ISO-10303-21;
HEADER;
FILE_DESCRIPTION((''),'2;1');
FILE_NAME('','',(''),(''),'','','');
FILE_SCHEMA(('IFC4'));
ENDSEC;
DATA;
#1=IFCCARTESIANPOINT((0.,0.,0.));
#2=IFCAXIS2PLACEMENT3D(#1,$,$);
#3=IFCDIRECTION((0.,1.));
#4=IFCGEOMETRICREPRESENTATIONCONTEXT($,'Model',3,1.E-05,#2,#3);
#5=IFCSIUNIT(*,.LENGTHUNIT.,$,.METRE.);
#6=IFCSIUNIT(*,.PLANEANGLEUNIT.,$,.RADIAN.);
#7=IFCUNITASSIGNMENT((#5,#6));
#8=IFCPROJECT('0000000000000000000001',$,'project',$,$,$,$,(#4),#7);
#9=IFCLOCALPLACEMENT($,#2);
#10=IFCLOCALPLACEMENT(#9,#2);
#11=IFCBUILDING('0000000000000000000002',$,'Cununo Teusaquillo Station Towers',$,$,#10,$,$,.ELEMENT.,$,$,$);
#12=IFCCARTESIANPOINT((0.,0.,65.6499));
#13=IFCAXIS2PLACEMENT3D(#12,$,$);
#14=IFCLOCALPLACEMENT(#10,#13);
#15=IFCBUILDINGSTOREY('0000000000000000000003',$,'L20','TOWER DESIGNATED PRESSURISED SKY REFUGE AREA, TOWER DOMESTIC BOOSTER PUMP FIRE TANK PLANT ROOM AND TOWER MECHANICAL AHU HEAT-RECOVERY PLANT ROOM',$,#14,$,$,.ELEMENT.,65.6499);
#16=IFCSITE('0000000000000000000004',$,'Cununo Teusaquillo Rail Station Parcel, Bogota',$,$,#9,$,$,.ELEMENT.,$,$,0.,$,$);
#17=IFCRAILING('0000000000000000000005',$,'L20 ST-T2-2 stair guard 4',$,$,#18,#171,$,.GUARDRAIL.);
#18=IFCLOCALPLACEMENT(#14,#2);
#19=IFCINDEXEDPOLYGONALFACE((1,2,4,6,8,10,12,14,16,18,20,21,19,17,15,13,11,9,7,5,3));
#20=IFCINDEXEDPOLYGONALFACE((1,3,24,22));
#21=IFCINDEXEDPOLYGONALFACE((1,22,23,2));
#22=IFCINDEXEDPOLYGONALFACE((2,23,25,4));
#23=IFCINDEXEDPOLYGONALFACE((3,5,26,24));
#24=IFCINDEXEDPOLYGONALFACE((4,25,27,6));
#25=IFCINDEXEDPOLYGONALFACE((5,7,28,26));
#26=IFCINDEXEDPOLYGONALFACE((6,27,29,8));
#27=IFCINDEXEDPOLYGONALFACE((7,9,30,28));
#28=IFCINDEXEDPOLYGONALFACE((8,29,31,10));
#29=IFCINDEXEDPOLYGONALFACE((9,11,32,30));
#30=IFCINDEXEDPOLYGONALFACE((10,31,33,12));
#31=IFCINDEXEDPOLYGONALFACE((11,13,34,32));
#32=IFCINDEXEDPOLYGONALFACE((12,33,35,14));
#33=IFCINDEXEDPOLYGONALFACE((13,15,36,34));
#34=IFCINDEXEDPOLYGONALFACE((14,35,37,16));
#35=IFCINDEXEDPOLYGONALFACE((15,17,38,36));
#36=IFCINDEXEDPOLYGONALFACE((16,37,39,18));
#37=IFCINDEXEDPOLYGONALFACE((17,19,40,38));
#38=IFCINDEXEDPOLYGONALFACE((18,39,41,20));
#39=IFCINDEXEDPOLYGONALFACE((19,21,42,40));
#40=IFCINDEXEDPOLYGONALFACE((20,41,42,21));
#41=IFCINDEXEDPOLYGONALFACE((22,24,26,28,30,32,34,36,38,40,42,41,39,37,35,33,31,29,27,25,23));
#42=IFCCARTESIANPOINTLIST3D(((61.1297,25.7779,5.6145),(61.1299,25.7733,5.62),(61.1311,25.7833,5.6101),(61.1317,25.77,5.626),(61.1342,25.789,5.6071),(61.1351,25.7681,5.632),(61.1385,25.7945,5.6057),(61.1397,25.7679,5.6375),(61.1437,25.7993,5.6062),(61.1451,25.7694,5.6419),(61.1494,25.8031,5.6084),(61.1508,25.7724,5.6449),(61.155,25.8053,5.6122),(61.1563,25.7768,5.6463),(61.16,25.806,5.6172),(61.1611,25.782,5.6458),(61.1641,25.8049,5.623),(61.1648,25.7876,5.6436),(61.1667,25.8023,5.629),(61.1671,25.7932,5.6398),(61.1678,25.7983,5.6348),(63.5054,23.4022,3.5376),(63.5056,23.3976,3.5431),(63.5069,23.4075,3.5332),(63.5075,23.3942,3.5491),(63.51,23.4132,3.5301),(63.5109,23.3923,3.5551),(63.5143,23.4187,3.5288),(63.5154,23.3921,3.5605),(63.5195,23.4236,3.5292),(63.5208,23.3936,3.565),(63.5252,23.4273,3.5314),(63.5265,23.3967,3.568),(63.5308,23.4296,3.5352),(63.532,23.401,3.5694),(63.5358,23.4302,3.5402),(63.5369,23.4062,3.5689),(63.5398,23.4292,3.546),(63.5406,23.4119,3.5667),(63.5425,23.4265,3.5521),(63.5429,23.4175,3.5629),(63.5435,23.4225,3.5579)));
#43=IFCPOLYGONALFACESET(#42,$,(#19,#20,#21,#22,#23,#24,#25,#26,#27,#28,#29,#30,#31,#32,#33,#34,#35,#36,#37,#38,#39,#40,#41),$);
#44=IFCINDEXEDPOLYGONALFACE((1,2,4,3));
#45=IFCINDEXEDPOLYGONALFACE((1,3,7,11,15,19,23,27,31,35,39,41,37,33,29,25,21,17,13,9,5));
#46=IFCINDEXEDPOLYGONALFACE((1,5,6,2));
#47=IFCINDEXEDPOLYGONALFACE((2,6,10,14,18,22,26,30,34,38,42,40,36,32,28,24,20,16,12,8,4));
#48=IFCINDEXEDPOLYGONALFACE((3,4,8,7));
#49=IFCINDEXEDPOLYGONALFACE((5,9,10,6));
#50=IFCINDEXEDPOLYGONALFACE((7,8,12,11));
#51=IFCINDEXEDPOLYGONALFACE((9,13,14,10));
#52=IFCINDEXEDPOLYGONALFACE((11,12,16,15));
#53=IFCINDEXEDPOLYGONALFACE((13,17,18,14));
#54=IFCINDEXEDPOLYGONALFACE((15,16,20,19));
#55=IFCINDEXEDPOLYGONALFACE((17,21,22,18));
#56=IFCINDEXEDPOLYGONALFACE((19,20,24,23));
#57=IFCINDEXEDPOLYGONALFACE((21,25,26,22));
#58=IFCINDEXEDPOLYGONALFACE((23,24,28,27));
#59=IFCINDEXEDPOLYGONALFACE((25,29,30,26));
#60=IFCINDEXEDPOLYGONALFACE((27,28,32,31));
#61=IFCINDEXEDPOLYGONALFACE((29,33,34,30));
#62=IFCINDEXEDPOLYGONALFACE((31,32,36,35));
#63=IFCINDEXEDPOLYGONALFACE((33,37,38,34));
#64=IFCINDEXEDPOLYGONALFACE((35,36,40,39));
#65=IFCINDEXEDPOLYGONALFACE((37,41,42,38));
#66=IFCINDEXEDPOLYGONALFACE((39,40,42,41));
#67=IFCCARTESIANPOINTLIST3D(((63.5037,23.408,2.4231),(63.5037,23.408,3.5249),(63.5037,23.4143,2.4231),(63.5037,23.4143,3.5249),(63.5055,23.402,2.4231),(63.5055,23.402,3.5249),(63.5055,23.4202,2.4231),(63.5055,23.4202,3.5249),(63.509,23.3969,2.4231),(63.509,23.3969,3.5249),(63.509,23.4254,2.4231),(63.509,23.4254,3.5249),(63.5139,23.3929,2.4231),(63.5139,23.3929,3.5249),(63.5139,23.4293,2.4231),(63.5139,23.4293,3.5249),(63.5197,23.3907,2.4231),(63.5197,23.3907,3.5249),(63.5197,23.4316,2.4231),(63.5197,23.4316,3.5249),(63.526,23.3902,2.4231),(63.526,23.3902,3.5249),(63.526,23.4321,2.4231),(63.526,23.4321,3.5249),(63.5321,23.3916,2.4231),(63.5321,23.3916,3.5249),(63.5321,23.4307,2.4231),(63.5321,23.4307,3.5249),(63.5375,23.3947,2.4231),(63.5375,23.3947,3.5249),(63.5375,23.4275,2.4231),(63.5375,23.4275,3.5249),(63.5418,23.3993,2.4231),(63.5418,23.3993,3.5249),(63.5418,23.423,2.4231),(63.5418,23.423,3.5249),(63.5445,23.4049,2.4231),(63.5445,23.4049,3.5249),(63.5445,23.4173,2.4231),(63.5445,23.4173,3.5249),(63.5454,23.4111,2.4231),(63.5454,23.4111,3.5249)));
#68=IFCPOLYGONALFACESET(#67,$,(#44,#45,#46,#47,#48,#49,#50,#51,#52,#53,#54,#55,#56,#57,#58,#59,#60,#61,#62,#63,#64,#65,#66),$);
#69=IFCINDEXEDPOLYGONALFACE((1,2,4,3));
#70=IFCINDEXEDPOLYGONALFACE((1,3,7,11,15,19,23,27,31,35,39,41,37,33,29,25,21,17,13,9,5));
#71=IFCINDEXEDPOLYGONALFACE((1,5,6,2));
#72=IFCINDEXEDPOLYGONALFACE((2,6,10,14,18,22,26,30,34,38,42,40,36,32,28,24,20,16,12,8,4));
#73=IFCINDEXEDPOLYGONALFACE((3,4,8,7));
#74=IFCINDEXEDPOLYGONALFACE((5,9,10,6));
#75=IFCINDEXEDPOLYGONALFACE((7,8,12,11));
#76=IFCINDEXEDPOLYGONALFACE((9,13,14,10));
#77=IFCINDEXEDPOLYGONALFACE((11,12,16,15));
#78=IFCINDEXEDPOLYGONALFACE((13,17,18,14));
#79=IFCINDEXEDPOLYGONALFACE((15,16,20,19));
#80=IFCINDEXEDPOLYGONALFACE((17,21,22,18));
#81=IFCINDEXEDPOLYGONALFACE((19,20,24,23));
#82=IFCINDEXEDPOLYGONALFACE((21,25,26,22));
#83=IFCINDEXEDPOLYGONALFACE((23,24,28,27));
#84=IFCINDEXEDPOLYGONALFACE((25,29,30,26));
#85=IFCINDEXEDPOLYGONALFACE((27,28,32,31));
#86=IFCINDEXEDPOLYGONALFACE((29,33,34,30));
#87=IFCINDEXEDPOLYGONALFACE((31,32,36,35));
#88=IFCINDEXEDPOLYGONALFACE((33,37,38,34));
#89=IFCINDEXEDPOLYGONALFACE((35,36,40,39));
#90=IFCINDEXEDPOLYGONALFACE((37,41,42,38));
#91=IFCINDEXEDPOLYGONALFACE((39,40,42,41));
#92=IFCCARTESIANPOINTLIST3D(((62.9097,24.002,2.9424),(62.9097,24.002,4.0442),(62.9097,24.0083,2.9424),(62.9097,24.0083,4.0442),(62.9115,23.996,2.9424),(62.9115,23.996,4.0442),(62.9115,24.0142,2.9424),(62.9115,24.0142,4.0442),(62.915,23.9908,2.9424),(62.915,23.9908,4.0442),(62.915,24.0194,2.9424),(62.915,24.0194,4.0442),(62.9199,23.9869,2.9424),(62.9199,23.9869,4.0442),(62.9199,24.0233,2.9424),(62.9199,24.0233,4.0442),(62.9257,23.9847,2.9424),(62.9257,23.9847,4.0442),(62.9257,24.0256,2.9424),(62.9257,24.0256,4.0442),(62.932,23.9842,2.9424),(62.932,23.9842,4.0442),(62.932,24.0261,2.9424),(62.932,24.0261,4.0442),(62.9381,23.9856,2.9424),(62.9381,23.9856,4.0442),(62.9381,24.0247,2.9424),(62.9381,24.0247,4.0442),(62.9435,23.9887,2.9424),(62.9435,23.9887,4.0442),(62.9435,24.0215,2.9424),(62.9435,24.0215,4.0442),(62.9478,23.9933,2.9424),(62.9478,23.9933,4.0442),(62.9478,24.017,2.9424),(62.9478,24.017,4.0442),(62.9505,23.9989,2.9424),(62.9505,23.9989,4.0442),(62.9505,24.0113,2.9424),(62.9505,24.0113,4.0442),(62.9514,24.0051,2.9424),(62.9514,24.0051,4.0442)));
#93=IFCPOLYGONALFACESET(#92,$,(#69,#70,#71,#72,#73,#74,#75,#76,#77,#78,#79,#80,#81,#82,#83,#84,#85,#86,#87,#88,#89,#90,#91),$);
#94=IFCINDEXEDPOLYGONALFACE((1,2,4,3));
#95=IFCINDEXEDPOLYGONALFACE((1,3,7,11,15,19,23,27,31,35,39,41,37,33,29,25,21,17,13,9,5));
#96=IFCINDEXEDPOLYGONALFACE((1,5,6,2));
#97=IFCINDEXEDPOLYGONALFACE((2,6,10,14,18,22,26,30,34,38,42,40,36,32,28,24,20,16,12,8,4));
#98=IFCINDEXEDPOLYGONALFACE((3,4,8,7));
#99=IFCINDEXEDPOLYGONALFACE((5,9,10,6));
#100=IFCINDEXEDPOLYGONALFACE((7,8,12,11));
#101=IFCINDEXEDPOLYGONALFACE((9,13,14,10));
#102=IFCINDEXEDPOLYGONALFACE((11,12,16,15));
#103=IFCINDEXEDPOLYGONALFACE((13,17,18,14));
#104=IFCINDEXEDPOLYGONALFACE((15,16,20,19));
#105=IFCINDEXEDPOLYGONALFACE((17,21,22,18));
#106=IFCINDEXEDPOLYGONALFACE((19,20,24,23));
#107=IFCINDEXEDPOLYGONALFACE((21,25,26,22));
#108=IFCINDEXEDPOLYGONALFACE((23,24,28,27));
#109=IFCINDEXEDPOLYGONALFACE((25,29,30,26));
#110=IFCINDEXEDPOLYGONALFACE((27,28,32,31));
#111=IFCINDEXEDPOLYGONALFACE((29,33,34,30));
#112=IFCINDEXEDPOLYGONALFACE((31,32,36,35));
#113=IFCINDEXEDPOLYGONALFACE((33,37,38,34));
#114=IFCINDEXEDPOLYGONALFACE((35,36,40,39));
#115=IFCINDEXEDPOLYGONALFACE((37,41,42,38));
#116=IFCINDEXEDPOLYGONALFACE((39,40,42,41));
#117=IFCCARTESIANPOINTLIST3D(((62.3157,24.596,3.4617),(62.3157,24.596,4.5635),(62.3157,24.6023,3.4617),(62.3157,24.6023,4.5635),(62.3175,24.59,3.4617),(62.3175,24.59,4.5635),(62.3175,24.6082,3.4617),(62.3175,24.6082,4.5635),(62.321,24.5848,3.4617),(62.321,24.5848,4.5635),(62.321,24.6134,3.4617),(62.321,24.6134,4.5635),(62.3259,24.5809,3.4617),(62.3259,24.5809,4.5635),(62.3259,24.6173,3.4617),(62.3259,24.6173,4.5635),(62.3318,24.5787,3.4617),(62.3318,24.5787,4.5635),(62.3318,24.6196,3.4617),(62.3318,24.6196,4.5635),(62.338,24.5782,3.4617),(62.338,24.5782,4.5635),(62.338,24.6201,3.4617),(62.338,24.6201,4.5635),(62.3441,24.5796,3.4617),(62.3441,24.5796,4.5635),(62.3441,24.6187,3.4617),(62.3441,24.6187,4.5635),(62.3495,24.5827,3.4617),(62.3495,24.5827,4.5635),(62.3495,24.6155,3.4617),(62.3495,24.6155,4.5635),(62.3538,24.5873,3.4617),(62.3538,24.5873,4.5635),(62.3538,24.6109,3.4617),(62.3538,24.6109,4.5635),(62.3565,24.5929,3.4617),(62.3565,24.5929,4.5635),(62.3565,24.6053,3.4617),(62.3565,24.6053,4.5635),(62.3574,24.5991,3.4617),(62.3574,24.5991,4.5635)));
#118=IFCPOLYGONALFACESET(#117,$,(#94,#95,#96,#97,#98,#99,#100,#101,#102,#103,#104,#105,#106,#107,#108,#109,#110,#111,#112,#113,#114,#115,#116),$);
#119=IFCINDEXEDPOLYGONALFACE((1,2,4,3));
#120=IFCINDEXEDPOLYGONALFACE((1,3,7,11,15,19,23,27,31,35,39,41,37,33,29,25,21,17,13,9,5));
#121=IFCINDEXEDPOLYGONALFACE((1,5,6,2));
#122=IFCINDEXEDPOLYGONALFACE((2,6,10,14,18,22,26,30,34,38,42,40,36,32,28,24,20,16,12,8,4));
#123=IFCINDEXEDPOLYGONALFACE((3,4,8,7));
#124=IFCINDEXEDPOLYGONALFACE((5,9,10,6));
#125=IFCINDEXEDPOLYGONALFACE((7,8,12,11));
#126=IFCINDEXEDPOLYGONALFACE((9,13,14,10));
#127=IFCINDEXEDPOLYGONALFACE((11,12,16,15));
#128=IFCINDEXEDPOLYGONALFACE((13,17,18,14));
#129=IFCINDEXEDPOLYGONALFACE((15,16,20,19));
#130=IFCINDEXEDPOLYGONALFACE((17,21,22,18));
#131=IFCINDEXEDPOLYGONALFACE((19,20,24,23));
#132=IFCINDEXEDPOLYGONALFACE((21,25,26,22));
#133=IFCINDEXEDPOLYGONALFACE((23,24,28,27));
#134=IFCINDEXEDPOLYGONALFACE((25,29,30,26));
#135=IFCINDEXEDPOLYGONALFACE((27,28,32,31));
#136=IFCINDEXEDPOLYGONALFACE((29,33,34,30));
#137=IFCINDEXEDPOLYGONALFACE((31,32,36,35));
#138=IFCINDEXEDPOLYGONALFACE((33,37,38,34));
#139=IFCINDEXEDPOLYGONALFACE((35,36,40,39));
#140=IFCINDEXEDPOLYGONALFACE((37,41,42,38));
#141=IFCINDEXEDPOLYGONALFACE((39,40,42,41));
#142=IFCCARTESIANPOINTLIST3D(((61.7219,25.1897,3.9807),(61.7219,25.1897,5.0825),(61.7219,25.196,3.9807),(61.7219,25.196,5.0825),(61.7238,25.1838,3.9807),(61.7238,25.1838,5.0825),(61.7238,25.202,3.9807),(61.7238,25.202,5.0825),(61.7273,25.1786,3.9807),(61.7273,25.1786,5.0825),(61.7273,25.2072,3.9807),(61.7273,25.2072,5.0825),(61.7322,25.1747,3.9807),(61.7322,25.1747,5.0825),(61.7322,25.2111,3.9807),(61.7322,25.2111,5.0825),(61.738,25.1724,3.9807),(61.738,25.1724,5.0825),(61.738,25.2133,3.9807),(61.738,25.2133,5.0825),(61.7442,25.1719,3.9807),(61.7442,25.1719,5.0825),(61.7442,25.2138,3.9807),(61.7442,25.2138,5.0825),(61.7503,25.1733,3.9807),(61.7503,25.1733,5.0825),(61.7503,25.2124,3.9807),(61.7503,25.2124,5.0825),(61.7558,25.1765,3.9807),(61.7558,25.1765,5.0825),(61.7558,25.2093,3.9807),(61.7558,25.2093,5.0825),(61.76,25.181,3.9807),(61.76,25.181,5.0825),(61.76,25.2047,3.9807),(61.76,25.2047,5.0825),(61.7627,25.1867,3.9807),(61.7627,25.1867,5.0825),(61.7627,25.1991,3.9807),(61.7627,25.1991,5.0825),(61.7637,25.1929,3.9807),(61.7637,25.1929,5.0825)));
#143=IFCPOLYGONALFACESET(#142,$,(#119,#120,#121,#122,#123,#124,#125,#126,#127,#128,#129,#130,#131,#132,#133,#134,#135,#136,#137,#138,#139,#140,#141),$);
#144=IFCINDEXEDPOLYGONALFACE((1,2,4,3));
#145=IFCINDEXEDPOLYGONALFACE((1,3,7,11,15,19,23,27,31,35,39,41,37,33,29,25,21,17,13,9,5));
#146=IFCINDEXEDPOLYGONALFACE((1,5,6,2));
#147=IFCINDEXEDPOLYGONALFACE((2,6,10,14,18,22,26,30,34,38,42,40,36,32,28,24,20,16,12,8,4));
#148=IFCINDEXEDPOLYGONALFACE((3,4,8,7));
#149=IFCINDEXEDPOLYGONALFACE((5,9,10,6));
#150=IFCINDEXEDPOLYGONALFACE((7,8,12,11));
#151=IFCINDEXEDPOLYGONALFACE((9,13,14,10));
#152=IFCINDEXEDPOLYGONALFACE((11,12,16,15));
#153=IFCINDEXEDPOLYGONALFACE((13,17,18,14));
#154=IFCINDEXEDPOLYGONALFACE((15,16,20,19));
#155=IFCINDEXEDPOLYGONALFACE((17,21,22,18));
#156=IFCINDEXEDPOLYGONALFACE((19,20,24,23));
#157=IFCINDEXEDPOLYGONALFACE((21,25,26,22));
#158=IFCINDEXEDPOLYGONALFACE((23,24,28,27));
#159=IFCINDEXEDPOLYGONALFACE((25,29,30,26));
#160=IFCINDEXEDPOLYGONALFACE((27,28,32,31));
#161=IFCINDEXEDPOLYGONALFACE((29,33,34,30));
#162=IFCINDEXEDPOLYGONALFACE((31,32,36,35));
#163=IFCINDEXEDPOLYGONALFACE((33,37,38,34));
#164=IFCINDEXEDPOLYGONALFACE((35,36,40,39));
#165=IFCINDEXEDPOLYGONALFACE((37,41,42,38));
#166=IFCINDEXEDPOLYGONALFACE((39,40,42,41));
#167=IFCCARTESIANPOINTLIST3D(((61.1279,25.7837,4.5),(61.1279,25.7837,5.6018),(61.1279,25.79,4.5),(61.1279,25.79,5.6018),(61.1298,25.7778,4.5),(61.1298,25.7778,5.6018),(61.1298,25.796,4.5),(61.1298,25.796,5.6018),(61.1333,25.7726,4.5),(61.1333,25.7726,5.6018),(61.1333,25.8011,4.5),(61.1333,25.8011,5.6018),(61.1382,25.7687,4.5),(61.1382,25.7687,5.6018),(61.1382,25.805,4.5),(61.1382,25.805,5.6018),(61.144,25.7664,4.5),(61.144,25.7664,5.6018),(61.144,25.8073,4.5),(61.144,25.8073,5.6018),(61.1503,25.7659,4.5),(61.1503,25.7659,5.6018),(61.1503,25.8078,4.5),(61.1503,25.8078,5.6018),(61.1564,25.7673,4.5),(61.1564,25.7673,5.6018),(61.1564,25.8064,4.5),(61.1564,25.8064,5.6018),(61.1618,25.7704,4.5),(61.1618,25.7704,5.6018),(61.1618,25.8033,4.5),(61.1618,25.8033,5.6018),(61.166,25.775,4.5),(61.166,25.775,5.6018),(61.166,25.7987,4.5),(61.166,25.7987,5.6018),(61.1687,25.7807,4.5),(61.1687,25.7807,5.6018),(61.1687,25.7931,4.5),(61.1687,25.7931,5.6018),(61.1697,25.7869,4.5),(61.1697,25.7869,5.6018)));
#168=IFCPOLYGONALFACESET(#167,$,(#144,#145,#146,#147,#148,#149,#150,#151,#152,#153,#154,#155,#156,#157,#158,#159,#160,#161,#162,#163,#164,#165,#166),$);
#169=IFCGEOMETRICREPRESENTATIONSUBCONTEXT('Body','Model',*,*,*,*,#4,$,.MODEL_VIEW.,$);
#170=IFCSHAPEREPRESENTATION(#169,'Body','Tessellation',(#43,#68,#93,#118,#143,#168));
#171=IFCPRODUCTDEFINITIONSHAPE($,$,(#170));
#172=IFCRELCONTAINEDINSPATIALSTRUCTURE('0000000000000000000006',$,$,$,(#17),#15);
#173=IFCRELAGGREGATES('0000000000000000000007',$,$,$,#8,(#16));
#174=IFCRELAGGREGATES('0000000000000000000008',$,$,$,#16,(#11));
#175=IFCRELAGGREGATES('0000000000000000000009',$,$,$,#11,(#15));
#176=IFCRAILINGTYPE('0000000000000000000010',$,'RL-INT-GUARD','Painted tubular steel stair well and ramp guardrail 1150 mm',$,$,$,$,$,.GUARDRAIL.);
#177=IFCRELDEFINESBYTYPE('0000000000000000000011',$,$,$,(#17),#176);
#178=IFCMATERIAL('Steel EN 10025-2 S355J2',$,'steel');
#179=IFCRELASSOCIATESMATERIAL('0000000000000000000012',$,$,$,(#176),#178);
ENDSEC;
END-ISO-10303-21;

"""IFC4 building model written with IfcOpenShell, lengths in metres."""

from ifc_helpers import new_model, si_unit, direction, frame, origin, origin_2d, place, context, subcontext, project, spatial, circle, extrude, material, type_object, element, save


model = new_model("IFC4")

# Units and contexts
model_context = context("Model", 3, precision=1e-05, world=origin(), true_north=direction((0.0, 1.0)))
body_context = subcontext(model_context, "Body", "Model", "MODEL_VIEW")
ifc_project = project(units=[si_unit("LENGTHUNIT", "METRE"), si_unit("PLANEANGLEUNIT", "RADIAN")], contexts=[model_context])

# Site, building, storey
site_placement = place(None, origin())
site = spatial("IfcSite", under=ifc_project, at=site_placement, Name="Cununo Teusaquillo Rail Station Parcel, Bogota", CompositionType="ELEMENT", RefElevation=0.0)
building_placement = place(site_placement, origin())
building = spatial("IfcBuilding", under=site, at=building_placement, Name="Cununo Teusaquillo Station Towers", CompositionType="ELEMENT")
storey_placement = place(building_placement, frame((0.0, 0.0, 65.6499)))
storey = spatial("IfcBuildingStorey", under=building, at=storey_placement, Name="L20", Description="TOWER DESIGNATED PRESSURISED SKY REFUGE AREA, TOWER DOMESTIC BOOSTER PUMP FIRE TANK PLANT ROOM AND TOWER MECHANICAL AHU HEAT-RECOVERY PLANT ROOM", CompositionType="ELEMENT", Elevation=65.6499)

# Railing
ifc_material_1 = material(Name="Steel EN 10025-2 S355J2", Category="steel")
railing_type_1 = type_object("IfcRailingType", Name="RL-INT-GUARD", Description="Painted tubular steel stair well and ramp guardrail 1150 mm", PredefinedType="GUARDRAIL", material=ifc_material_1)
railing_1_placement = place(storey_placement, frame((63.5244, 23.4111, 2.4231)))
element("IfcRailing", 1, at=railing_1_placement, inside=storey, type_object=railing_type_1, Name="L20 ST-T2-2 stair guard 4", PredefinedType="GUARDRAIL", context=body_context, shape_type="SweptSolid", body=[
    extrude(circle(Radius=0.0239, at=origin_2d()), frame((0.0, 0.0, 1.126), z_axis=(-0.601466, 0.601466, 0.525811), x_axis=(-0.707107, -0.707107, 0.0)), (0.0, 0.0, 1.0), 3.95),
    extrude(circle(Radius=0.021, at=origin_2d()), origin(), (0.0, 0.0, 1.0), 1.1018),
    extrude(circle(Radius=0.021, at=origin_2d()), frame((-0.594, 0.594, 0.5193)), (0.0, 0.0, 1.0), 1.1018),
    extrude(circle(Radius=0.021, at=origin_2d()), frame((-1.188, 1.188, 1.0386)), (0.0, 0.0, 1.0), 1.1018),
    extrude(circle(Radius=0.021, at=origin_2d()), frame((-1.7817, 1.7817, 1.5576)), (0.0, 0.0, 1.0), 1.1018),
    extrude(circle(Radius=0.021, at=origin_2d()), frame((-2.3757, 2.3757, 2.0769)), (0.0, 0.0, 1.0), 1.1018),
])

save(model, "model.ifc")
